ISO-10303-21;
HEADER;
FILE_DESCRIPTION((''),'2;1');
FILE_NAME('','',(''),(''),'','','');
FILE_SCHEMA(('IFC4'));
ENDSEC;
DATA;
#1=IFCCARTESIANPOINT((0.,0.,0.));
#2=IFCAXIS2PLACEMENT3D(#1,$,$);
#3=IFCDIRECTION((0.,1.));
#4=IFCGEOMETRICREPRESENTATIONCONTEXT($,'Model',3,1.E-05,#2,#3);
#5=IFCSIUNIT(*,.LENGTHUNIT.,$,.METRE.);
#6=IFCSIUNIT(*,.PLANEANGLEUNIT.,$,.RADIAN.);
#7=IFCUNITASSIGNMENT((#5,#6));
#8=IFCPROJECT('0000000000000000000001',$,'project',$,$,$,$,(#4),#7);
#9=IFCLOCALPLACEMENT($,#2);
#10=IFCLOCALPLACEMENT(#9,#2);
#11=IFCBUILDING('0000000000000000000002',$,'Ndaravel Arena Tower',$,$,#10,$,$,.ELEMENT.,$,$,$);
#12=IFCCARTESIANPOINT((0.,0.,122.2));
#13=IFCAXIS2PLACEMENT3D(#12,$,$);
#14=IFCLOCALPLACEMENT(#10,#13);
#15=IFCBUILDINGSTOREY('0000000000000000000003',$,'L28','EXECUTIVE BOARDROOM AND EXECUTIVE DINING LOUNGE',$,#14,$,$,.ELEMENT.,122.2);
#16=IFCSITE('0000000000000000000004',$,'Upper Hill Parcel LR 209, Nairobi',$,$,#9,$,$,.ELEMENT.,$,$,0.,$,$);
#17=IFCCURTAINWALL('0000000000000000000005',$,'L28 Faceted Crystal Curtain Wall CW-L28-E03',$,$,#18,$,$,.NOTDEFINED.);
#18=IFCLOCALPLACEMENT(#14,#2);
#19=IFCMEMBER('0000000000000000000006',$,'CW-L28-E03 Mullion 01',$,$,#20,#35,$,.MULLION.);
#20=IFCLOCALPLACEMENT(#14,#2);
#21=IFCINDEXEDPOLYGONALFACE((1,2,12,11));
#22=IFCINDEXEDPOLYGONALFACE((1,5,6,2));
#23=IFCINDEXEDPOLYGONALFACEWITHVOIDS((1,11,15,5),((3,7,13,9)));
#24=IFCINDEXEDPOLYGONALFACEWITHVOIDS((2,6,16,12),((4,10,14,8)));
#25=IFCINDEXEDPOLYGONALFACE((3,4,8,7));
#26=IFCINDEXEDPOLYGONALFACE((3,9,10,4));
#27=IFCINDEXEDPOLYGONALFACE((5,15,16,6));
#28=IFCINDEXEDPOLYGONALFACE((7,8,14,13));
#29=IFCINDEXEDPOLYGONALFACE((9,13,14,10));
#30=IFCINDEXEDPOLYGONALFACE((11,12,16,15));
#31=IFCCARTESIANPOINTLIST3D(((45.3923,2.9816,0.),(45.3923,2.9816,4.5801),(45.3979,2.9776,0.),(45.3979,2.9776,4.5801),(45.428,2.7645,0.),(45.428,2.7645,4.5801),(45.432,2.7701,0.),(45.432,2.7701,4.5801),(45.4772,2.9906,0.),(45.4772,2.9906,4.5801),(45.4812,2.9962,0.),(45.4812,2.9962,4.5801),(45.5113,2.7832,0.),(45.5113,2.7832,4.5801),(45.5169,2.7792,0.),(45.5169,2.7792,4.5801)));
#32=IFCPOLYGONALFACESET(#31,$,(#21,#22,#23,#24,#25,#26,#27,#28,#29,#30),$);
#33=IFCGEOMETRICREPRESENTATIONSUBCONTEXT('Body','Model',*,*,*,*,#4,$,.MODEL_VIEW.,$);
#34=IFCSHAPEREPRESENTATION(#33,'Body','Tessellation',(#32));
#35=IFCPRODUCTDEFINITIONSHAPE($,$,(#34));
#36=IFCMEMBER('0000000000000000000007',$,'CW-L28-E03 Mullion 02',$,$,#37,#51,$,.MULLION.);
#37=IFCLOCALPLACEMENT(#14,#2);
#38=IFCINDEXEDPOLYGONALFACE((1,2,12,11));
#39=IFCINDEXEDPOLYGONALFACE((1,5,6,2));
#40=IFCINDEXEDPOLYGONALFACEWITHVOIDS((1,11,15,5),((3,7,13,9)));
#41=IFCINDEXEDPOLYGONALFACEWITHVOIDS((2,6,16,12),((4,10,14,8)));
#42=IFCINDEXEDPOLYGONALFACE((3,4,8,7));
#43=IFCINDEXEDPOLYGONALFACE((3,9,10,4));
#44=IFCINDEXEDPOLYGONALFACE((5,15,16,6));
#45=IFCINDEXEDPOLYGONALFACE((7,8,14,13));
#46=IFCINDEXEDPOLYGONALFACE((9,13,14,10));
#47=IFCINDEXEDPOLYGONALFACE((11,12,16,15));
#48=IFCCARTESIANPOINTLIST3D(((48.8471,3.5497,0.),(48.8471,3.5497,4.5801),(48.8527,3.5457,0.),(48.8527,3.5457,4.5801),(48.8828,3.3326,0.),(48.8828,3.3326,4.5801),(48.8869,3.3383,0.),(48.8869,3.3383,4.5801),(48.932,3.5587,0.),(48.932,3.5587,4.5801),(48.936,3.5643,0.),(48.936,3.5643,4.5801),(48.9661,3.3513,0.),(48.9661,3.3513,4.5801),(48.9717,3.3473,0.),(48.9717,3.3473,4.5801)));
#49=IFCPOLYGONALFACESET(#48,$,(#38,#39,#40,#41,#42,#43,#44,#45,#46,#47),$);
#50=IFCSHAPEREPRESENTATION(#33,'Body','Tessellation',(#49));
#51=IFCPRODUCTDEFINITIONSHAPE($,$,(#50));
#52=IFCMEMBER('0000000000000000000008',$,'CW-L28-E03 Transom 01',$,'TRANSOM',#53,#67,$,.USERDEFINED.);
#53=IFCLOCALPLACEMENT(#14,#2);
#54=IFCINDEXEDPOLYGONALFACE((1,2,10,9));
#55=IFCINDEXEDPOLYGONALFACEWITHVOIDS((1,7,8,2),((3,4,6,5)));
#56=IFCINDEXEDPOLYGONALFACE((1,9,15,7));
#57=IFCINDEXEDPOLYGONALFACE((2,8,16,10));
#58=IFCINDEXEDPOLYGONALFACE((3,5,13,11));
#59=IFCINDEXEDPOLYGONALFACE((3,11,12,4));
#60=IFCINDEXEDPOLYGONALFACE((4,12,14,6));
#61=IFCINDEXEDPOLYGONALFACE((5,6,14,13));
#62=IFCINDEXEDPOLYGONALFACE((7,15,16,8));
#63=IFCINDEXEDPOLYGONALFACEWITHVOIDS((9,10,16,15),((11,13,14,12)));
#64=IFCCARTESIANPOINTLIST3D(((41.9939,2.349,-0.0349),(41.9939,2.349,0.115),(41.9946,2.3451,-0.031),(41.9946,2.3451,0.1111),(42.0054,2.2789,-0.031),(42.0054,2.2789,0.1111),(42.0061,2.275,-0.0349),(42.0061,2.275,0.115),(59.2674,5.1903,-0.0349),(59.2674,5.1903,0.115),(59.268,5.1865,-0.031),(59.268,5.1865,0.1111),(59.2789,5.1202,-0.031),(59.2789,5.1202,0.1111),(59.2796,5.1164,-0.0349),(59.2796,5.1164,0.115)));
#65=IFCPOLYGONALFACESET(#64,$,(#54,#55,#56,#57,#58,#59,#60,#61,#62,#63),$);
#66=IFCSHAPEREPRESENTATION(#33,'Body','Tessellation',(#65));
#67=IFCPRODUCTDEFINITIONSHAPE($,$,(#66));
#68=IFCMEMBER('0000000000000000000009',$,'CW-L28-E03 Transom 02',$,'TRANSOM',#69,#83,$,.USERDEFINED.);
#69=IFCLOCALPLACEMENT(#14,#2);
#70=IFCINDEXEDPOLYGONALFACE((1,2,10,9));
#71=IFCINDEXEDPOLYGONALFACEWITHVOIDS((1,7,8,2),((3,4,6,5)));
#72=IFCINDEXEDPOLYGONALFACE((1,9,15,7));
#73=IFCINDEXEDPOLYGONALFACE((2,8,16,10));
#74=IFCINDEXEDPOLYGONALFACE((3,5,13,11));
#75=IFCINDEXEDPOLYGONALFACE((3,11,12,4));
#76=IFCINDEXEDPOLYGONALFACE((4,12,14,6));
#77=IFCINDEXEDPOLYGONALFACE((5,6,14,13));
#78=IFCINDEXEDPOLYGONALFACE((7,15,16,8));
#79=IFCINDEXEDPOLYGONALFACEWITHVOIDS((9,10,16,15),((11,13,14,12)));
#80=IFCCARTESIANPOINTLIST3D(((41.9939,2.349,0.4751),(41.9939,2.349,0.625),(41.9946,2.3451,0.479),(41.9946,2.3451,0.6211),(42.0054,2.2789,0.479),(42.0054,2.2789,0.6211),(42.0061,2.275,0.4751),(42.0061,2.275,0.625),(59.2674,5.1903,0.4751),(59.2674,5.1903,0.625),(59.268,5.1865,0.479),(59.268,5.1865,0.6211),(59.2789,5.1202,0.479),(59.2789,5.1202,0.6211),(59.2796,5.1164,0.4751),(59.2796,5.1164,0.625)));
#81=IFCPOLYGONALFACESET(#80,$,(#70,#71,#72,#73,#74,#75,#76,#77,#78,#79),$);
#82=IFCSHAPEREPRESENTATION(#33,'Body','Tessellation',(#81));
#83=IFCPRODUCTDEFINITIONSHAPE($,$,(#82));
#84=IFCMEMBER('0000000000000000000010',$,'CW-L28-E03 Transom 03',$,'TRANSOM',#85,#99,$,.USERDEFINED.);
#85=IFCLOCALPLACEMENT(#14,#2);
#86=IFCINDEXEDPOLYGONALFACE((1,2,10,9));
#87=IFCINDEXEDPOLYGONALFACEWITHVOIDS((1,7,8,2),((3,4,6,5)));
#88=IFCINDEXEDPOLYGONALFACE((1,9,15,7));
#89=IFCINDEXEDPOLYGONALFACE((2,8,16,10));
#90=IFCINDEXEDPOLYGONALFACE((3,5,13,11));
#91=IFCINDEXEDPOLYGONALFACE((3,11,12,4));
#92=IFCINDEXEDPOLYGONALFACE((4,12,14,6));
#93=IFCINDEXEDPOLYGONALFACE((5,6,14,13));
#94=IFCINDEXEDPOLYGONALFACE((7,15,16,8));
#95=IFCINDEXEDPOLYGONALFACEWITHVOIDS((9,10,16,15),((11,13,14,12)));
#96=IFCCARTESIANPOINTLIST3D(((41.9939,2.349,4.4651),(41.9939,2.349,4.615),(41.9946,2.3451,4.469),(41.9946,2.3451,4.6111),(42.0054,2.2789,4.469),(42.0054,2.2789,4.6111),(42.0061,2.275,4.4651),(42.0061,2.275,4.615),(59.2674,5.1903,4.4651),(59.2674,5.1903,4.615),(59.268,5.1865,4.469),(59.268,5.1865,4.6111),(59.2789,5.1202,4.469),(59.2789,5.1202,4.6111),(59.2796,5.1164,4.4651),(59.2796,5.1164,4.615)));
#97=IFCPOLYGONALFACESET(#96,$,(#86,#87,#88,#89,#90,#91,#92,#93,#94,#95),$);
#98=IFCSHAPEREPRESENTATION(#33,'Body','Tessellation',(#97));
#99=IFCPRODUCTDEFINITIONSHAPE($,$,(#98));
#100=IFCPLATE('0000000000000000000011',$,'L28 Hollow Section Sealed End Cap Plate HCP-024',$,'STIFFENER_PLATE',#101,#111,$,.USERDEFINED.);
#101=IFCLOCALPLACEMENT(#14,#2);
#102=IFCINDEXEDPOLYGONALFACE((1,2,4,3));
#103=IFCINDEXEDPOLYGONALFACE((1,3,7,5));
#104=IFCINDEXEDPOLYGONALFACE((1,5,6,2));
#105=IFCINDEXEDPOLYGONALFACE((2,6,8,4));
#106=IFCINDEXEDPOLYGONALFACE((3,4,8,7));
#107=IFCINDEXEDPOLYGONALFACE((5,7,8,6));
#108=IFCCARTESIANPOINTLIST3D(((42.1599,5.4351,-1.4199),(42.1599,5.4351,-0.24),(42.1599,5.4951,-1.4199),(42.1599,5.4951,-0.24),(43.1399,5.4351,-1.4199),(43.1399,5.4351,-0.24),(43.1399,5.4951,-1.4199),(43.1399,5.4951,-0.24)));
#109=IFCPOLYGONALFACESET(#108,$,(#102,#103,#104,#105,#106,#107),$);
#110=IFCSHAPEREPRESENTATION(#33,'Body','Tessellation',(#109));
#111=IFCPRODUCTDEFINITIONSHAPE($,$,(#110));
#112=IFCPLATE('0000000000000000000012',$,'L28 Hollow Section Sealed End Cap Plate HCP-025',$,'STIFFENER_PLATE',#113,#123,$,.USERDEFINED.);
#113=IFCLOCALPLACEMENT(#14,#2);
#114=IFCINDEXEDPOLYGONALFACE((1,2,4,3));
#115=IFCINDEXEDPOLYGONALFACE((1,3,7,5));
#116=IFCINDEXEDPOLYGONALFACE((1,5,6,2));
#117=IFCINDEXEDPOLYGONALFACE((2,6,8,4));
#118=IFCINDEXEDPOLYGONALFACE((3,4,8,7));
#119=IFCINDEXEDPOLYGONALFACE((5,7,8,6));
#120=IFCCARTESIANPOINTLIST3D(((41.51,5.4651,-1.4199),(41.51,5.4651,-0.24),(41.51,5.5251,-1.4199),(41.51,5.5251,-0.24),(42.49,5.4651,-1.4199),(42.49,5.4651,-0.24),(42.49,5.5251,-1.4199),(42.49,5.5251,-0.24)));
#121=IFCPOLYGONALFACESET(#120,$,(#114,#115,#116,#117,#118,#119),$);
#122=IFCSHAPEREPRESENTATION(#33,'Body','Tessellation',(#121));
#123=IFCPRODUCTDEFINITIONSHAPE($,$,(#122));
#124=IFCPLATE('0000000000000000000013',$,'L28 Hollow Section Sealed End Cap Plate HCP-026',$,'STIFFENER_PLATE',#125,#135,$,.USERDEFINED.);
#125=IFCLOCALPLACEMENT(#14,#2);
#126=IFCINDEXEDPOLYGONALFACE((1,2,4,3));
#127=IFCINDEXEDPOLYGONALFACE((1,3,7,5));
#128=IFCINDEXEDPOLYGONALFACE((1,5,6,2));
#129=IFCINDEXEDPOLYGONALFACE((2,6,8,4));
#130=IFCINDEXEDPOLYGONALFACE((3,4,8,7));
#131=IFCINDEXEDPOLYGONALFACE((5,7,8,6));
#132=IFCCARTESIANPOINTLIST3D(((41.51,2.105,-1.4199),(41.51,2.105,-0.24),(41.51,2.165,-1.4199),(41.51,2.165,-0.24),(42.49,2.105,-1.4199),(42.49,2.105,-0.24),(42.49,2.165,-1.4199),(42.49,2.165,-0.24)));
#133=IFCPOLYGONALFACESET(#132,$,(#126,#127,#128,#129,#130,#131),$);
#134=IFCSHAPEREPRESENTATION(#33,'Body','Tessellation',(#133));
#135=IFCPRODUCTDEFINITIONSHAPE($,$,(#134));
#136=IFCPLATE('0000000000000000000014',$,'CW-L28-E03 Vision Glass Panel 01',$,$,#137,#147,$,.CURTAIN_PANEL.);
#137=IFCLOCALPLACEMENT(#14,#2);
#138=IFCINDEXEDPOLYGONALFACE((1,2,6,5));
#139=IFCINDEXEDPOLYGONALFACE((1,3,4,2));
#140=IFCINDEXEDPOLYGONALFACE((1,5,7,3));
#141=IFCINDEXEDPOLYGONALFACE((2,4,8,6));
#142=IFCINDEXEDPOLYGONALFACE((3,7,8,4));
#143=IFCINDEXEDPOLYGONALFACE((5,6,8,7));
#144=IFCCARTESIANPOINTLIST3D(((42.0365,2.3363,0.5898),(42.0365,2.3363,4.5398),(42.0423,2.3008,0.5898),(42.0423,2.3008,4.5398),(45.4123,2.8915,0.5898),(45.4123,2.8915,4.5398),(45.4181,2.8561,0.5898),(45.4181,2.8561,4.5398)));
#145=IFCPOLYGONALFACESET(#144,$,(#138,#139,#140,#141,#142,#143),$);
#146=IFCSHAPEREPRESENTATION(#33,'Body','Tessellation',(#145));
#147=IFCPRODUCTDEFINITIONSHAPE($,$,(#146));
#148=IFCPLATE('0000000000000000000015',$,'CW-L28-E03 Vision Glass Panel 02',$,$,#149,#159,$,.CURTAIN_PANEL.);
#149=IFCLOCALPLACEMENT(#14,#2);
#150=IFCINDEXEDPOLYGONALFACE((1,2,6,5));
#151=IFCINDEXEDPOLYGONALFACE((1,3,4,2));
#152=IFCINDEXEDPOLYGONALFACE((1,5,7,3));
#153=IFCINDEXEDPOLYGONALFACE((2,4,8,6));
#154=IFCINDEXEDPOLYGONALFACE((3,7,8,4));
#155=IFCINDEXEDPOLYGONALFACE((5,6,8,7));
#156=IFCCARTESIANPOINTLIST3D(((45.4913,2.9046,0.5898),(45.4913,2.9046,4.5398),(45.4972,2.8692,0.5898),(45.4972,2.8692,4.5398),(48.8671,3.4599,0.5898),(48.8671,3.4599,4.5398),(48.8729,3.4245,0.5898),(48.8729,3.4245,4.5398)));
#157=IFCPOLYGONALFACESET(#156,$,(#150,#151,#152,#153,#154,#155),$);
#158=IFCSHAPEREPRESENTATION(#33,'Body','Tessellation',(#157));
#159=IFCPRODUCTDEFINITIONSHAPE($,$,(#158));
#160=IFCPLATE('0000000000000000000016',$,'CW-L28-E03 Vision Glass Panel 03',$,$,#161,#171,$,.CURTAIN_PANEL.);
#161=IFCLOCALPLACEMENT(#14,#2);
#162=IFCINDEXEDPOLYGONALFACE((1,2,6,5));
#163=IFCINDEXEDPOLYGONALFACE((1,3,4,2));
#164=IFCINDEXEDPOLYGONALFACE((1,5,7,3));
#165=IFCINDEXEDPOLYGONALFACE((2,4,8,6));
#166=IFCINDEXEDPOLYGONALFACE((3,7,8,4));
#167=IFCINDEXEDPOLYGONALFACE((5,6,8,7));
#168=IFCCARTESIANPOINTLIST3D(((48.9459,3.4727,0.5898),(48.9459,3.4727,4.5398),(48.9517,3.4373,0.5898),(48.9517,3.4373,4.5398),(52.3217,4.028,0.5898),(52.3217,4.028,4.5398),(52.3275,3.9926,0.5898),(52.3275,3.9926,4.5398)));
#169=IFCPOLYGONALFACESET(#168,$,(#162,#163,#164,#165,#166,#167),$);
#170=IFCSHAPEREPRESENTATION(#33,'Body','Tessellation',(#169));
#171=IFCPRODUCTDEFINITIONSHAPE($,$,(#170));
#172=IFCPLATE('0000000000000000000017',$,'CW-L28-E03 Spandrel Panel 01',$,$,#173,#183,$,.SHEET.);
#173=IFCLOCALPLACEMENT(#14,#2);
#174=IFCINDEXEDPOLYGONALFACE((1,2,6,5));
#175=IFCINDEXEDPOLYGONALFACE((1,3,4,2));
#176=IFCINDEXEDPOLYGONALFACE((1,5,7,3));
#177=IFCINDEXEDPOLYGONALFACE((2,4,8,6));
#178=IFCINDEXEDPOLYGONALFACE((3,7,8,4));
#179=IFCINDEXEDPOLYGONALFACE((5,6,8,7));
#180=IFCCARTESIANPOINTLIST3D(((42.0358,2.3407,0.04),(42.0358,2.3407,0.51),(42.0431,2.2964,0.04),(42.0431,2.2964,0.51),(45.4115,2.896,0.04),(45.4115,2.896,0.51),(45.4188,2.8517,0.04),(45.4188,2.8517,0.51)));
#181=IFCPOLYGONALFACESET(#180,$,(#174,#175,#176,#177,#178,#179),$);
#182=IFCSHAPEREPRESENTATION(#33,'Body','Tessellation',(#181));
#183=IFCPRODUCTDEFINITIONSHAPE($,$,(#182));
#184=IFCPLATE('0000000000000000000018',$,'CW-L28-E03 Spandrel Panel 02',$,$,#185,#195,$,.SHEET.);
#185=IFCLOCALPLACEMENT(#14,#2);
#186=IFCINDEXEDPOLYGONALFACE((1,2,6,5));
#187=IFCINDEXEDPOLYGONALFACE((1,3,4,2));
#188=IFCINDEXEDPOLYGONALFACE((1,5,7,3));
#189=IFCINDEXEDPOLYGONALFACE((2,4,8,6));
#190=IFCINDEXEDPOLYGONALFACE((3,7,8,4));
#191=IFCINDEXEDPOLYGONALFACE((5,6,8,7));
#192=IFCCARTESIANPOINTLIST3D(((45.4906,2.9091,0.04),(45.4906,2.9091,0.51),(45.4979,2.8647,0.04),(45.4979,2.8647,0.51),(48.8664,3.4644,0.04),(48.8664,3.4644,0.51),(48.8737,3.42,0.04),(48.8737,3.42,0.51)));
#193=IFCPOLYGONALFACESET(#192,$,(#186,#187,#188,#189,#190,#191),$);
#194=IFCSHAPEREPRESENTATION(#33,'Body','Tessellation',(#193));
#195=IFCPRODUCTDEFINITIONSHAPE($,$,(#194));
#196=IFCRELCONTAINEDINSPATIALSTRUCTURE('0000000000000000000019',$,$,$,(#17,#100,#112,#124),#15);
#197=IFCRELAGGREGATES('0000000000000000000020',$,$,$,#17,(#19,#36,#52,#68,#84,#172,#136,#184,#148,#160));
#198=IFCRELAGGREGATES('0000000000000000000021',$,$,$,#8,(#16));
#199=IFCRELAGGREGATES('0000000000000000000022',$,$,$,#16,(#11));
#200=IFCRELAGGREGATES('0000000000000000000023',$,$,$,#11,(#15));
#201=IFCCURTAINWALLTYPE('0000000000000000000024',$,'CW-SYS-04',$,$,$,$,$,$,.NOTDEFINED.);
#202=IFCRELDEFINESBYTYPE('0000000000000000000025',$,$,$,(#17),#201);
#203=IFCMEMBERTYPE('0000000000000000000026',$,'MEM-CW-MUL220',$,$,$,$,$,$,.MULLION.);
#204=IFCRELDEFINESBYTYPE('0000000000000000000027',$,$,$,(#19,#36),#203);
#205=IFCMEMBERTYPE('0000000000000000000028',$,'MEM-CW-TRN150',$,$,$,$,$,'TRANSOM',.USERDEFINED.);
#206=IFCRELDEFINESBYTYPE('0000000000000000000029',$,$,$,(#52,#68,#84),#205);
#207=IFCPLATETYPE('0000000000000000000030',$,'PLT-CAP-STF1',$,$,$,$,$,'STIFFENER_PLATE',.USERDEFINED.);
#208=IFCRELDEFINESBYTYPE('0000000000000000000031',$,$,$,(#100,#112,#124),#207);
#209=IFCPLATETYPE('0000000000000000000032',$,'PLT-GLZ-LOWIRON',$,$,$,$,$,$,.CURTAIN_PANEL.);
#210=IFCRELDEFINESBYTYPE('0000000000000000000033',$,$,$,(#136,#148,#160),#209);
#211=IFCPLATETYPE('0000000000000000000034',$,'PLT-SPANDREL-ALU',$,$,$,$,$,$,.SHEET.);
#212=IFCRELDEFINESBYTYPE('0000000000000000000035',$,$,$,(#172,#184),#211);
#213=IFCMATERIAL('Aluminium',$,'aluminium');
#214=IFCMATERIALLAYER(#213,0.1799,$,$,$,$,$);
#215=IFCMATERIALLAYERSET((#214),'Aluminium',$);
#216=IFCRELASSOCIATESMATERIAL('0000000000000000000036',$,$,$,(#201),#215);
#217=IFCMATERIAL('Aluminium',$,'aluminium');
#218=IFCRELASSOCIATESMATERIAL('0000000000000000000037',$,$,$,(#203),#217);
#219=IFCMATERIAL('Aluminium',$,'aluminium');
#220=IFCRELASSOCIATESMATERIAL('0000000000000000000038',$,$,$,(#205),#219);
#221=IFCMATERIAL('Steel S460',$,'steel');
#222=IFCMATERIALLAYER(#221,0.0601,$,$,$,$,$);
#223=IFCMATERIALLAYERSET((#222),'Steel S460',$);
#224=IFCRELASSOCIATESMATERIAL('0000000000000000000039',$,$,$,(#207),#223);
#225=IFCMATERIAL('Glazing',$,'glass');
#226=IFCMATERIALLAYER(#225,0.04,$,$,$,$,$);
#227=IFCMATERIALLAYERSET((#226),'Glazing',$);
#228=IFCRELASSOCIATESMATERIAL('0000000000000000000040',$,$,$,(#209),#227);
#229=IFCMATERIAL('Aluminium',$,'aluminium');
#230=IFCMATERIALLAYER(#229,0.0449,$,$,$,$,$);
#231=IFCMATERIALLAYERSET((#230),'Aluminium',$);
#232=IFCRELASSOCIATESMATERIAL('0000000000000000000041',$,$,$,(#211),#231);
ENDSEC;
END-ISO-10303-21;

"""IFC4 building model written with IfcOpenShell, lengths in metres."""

from ifc_helpers import new_model, si_unit, direction, frame, origin, origin_2d, place, context, subcontext, project, spatial, rectangle, hollow_rectangle, extrude, material, layer, layer_set, material_profile, profile_set, type_object, element, aggregate, save


model = new_model("IFC4")

# Units and contexts
model_context = context("Model", 3, precision=1e-05, world=origin(), true_north=direction((0.0, 1.0)))
body_context = subcontext(model_context, "Body", "Model", "MODEL_VIEW")
ifc_project = project(units=[si_unit("LENGTHUNIT", "METRE"), si_unit("PLANEANGLEUNIT", "RADIAN")], contexts=[model_context])

# Site, building, storey
site_placement = place(None, origin())
site = spatial("IfcSite", under=ifc_project, at=site_placement, Name="Upper Hill Parcel LR 209, Nairobi", CompositionType="ELEMENT", RefElevation=0.0)
building_placement = place(site_placement, origin())
building = spatial("IfcBuilding", under=site, at=building_placement, Name="Ndaravel Arena Tower", CompositionType="ELEMENT")
storey_placement = place(building_placement, frame((0.0, 0.0, 122.2)))
storey = spatial("IfcBuildingStorey", under=building, at=storey_placement, Name="L28", Description="EXECUTIVE BOARDROOM AND EXECUTIVE DINING LOUNGE", CompositionType="ELEMENT", Elevation=122.2)

# Curtain wall, members
ifc_material_1 = material(Name="Aluminium", Category="aluminium")
ifc_layer_1 = layer(ifc_material_1, 0.1799)
ifc_layer_set_1 = layer_set([ifc_layer_1], Name="Aluminium")
curtain_wall_type = type_object("IfcCurtainWallType", Name="CW-SYS-04", PredefinedType="NOTDEFINED", material=ifc_layer_set_1)
curtain_wall_placement = place(storey_placement, origin())
curtain_wall = element("IfcCurtainWall", 1, at=curtain_wall_placement, inside=storey, type_object=curtain_wall_type, Name="L28 Faceted Crystal Curtain Wall CW-L28-E03", PredefinedType="NOTDEFINED")
ifc_material_2 = material(Name="Aluminium", Category="aluminium")
ifc_material_profile_1 = material_profile(ifc_material_2, hollow_rectangle(XDim=0.0901, YDim=0.22, WallThickness=0.0049, at=origin_2d()), Name="CW MULLION 90x220x5")
ifc_profile_set_1 = profile_set([ifc_material_profile_1], Name="Aluminium")
member_type_1 = type_object("IfcMemberType", Name="MEM-CW-MUL220", PredefinedType="MULLION", material=ifc_profile_set_1)
member_1_placement = place(storey_placement, frame((45.4546, 2.8804, 0.0), z_axis=(0.0, 0.0, 1.0), x_axis=(0.98674, 0.16231, 0.0)))
member_1 = element("IfcMember", 2, at=member_1_placement, type_object=member_type_1, Name="CW-L28-E03 Mullion 01", PredefinedType="MULLION", context=body_context, shape_type="SweptSolid", body=[
    extrude(hollow_rectangle(XDim=0.0901, YDim=0.22, WallThickness=0.0049, at=origin_2d()), origin(), (0.0, 0.0, 1.0), 4.5801),
])
member_2_placement = place(storey_placement, frame((48.9094, 3.4485, 0.0), z_axis=(0.0, 0.0, 1.0), x_axis=(0.98674, 0.16231, 0.0)))
member_2 = element("IfcMember", 3, at=member_2_placement, type_object=member_type_1, Name="CW-L28-E03 Mullion 02", PredefinedType="MULLION", context=body_context, shape_type="SweptSolid", body=[
    extrude(hollow_rectangle(XDim=0.0901, YDim=0.22, WallThickness=0.0049, at=origin_2d()), origin(), (0.0, 0.0, 1.0), 4.5801),
])
ifc_material_3 = material(Name="Aluminium", Category="aluminium")
ifc_material_profile_2 = material_profile(ifc_material_3, hollow_rectangle(XDim=0.075, YDim=0.1499, WallThickness=0.0039, at=origin_2d()), Name="CW TRANSOM 75x150x4")
ifc_profile_set_2 = profile_set([ifc_material_profile_2], Name="Aluminium")
member_type_2 = type_object("IfcMemberType", Name="MEM-CW-TRN150", ElementType="TRANSOM", PredefinedType="USERDEFINED", material=ifc_profile_set_2)
member_3_placement = place(storey_placement, frame((42.0, 2.312, 0.04), z_axis=(0.98674, 0.162309, 0.0), x_axis=(-0.162309, 0.98674, 0.0)))
member_3 = element("IfcMember", 4, at=member_3_placement, type_object=member_type_2, Name="CW-L28-E03 Transom 01", ObjectType="TRANSOM", PredefinedType="USERDEFINED", context=body_context, shape_type="SweptSolid", body=[
    extrude(hollow_rectangle(XDim=0.075, YDim=0.1499, WallThickness=0.0039, at=origin_2d()), origin(), (0.0, 0.0, 1.0), 17.5056),
])
member_4_placement = place(storey_placement, frame((42.0, 2.312, 0.55), z_axis=(0.98674, 0.162309, 0.0), x_axis=(-0.162309, 0.98674, 0.0)))
member_4 = element("IfcMember", 5, at=member_4_placement, type_object=member_type_2, Name="CW-L28-E03 Transom 02", ObjectType="TRANSOM", PredefinedType="USERDEFINED", context=body_context, shape_type="SweptSolid", body=[
    extrude(hollow_rectangle(XDim=0.075, YDim=0.1499, WallThickness=0.0039, at=origin_2d()), origin(), (0.0, 0.0, 1.0), 17.5056),
])
member_5_placement = place(storey_placement, frame((42.0, 2.312, 4.54), z_axis=(0.98674, 0.162309, 0.0), x_axis=(-0.162309, 0.98674, 0.0)))
member_5 = element("IfcMember", 6, at=member_5_placement, type_object=member_type_2, Name="CW-L28-E03 Transom 03", ObjectType="TRANSOM", PredefinedType="USERDEFINED", context=body_context, shape_type="SweptSolid", body=[
    extrude(hollow_rectangle(XDim=0.075, YDim=0.1499, WallThickness=0.0039, at=origin_2d()), origin(), (0.0, 0.0, 1.0), 17.5056),
])

# Plates
ifc_material_4 = material(Name="Steel S460", Category="steel")
ifc_layer_2 = layer(ifc_material_4, 0.0601)
ifc_layer_set_2 = layer_set([ifc_layer_2], Name="Steel S460")
plate_type_1 = type_object("IfcPlateType", Name="PLT-CAP-STF1", ElementType="STIFFENER_PLATE", PredefinedType="USERDEFINED", material=ifc_layer_set_2)
for number, where, z_axis, x_axis, name in (
    (7, (42.6499, 5.4651, -1.4199), (0.0, 0.0, 1.0), (0.0, -1.0, 0.0), "L28 Hollow Section Sealed End Cap Plate HCP-024"),
    (8, (42.0, 5.4951, -1.4199), (0.0, 0.0, 1.0), (0.0, -1.0, 0.0), "L28 Hollow Section Sealed End Cap Plate HCP-025"),
    (9, (42.0, 2.135, -1.4199), (0.0, 0.0, 1.0), (0.0, -1.0, 0.0), "L28 Hollow Section Sealed End Cap Plate HCP-026"),
):
    element("IfcPlate", number, at=place(storey_placement, frame(where, z_axis=z_axis, x_axis=x_axis)), inside=storey, type_object=plate_type_1, Name=name, ObjectType="STIFFENER_PLATE", PredefinedType="USERDEFINED", context=body_context, shape_type="SweptSolid", body=[
        extrude(rectangle(XDim=0.0601, YDim=0.98, at=origin_2d()), origin(), (0.0, 0.0, 1.0), 1.1799),
    ])

# Plates
ifc_material_5 = material(Name="Glazing", Category="glass")
ifc_layer_3 = layer(ifc_material_5, 0.04)
ifc_layer_set_3 = layer_set([ifc_layer_3], Name="Glazing")
plate_type_2 = type_object("IfcPlateType", Name="PLT-GLZ-LOWIRON", PredefinedType="CURTAIN_PANEL", material=ifc_layer_set_3)
plate_1_placement = place(storey_placement, frame((43.7273, 2.5962, 0.5898), z_axis=(0.0, 0.0, 1.0), x_axis=(0.98674, 0.16231, 0.0)))
plate_1 = element("IfcPlate", 10, at=plate_1_placement, type_object=plate_type_2, Name="CW-L28-E03 Vision Glass Panel 01", PredefinedType="CURTAIN_PANEL", context=body_context, shape_type="SweptSolid", body=[
    extrude(rectangle(XDim=3.4211, YDim=0.0359, at=origin_2d()), origin(), (0.0, 0.0, 1.0), 3.95),
])
plate_2_placement = place(storey_placement, frame((47.1821, 3.1646, 0.5898), z_axis=(0.0, 0.0, 1.0), x_axis=(0.98674, 0.16231, 0.0)))
plate_2 = element("IfcPlate", 11, at=plate_2_placement, type_object=plate_type_2, Name="CW-L28-E03 Vision Glass Panel 02", PredefinedType="CURTAIN_PANEL", context=body_context, shape_type="SweptSolid", body=[
    extrude(rectangle(XDim=3.4211, YDim=0.0359, at=origin_2d()), origin(), (0.0, 0.0, 1.0), 3.95),
])
plate_3_placement = place(storey_placement, frame((50.6367, 3.7327, 0.5898), z_axis=(0.0, 0.0, 1.0), x_axis=(0.98674, 0.16231, 0.0)))
plate_3 = element("IfcPlate", 12, at=plate_3_placement, type_object=plate_type_2, Name="CW-L28-E03 Vision Glass Panel 03", PredefinedType="CURTAIN_PANEL", context=body_context, shape_type="SweptSolid", body=[
    extrude(rectangle(XDim=3.4211, YDim=0.0359, at=origin_2d()), origin(), (0.0, 0.0, 1.0), 3.95),
])
ifc_material_6 = material(Name="Aluminium", Category="aluminium")
ifc_layer_4 = layer(ifc_material_6, 0.0449)
ifc_layer_set_4 = layer_set([ifc_layer_4], Name="Aluminium")
plate_type_3 = type_object("IfcPlateType", Name="PLT-SPANDREL-ALU", PredefinedType="SHEET", material=ifc_layer_set_4)
plate_4_placement = place(storey_placement, frame((43.7273, 2.5962, 0.04), z_axis=(0.0, 0.0, 1.0), x_axis=(0.98674, 0.16231, 0.0)))
plate_4 = element("IfcPlate", 13, at=plate_4_placement, type_object=plate_type_3, Name="CW-L28-E03 Spandrel Panel 01", PredefinedType="SHEET", context=body_context, shape_type="SweptSolid", body=[
    extrude(rectangle(XDim=3.4211, YDim=0.0449, at=origin_2d()), origin(), (0.0, 0.0, 1.0), 0.47),
])
plate_5_placement = place(storey_placement, frame((47.1821, 3.1646, 0.04), z_axis=(0.0, 0.0, 1.0), x_axis=(0.98674, 0.16231, 0.0)))
plate_5 = element("IfcPlate", 14, at=plate_5_placement, type_object=plate_type_3, Name="CW-L28-E03 Spandrel Panel 02", PredefinedType="SHEET", context=body_context, shape_type="SweptSolid", body=[
    extrude(rectangle(XDim=3.4211, YDim=0.0449, at=origin_2d()), origin(), (0.0, 0.0, 1.0), 0.47),
])
aggregate(curtain_wall, [member_1, member_2, member_3, member_4, member_5, plate_4, plate_1, plate_5, plate_2, plate_3])

save(model, "model.ifc")
